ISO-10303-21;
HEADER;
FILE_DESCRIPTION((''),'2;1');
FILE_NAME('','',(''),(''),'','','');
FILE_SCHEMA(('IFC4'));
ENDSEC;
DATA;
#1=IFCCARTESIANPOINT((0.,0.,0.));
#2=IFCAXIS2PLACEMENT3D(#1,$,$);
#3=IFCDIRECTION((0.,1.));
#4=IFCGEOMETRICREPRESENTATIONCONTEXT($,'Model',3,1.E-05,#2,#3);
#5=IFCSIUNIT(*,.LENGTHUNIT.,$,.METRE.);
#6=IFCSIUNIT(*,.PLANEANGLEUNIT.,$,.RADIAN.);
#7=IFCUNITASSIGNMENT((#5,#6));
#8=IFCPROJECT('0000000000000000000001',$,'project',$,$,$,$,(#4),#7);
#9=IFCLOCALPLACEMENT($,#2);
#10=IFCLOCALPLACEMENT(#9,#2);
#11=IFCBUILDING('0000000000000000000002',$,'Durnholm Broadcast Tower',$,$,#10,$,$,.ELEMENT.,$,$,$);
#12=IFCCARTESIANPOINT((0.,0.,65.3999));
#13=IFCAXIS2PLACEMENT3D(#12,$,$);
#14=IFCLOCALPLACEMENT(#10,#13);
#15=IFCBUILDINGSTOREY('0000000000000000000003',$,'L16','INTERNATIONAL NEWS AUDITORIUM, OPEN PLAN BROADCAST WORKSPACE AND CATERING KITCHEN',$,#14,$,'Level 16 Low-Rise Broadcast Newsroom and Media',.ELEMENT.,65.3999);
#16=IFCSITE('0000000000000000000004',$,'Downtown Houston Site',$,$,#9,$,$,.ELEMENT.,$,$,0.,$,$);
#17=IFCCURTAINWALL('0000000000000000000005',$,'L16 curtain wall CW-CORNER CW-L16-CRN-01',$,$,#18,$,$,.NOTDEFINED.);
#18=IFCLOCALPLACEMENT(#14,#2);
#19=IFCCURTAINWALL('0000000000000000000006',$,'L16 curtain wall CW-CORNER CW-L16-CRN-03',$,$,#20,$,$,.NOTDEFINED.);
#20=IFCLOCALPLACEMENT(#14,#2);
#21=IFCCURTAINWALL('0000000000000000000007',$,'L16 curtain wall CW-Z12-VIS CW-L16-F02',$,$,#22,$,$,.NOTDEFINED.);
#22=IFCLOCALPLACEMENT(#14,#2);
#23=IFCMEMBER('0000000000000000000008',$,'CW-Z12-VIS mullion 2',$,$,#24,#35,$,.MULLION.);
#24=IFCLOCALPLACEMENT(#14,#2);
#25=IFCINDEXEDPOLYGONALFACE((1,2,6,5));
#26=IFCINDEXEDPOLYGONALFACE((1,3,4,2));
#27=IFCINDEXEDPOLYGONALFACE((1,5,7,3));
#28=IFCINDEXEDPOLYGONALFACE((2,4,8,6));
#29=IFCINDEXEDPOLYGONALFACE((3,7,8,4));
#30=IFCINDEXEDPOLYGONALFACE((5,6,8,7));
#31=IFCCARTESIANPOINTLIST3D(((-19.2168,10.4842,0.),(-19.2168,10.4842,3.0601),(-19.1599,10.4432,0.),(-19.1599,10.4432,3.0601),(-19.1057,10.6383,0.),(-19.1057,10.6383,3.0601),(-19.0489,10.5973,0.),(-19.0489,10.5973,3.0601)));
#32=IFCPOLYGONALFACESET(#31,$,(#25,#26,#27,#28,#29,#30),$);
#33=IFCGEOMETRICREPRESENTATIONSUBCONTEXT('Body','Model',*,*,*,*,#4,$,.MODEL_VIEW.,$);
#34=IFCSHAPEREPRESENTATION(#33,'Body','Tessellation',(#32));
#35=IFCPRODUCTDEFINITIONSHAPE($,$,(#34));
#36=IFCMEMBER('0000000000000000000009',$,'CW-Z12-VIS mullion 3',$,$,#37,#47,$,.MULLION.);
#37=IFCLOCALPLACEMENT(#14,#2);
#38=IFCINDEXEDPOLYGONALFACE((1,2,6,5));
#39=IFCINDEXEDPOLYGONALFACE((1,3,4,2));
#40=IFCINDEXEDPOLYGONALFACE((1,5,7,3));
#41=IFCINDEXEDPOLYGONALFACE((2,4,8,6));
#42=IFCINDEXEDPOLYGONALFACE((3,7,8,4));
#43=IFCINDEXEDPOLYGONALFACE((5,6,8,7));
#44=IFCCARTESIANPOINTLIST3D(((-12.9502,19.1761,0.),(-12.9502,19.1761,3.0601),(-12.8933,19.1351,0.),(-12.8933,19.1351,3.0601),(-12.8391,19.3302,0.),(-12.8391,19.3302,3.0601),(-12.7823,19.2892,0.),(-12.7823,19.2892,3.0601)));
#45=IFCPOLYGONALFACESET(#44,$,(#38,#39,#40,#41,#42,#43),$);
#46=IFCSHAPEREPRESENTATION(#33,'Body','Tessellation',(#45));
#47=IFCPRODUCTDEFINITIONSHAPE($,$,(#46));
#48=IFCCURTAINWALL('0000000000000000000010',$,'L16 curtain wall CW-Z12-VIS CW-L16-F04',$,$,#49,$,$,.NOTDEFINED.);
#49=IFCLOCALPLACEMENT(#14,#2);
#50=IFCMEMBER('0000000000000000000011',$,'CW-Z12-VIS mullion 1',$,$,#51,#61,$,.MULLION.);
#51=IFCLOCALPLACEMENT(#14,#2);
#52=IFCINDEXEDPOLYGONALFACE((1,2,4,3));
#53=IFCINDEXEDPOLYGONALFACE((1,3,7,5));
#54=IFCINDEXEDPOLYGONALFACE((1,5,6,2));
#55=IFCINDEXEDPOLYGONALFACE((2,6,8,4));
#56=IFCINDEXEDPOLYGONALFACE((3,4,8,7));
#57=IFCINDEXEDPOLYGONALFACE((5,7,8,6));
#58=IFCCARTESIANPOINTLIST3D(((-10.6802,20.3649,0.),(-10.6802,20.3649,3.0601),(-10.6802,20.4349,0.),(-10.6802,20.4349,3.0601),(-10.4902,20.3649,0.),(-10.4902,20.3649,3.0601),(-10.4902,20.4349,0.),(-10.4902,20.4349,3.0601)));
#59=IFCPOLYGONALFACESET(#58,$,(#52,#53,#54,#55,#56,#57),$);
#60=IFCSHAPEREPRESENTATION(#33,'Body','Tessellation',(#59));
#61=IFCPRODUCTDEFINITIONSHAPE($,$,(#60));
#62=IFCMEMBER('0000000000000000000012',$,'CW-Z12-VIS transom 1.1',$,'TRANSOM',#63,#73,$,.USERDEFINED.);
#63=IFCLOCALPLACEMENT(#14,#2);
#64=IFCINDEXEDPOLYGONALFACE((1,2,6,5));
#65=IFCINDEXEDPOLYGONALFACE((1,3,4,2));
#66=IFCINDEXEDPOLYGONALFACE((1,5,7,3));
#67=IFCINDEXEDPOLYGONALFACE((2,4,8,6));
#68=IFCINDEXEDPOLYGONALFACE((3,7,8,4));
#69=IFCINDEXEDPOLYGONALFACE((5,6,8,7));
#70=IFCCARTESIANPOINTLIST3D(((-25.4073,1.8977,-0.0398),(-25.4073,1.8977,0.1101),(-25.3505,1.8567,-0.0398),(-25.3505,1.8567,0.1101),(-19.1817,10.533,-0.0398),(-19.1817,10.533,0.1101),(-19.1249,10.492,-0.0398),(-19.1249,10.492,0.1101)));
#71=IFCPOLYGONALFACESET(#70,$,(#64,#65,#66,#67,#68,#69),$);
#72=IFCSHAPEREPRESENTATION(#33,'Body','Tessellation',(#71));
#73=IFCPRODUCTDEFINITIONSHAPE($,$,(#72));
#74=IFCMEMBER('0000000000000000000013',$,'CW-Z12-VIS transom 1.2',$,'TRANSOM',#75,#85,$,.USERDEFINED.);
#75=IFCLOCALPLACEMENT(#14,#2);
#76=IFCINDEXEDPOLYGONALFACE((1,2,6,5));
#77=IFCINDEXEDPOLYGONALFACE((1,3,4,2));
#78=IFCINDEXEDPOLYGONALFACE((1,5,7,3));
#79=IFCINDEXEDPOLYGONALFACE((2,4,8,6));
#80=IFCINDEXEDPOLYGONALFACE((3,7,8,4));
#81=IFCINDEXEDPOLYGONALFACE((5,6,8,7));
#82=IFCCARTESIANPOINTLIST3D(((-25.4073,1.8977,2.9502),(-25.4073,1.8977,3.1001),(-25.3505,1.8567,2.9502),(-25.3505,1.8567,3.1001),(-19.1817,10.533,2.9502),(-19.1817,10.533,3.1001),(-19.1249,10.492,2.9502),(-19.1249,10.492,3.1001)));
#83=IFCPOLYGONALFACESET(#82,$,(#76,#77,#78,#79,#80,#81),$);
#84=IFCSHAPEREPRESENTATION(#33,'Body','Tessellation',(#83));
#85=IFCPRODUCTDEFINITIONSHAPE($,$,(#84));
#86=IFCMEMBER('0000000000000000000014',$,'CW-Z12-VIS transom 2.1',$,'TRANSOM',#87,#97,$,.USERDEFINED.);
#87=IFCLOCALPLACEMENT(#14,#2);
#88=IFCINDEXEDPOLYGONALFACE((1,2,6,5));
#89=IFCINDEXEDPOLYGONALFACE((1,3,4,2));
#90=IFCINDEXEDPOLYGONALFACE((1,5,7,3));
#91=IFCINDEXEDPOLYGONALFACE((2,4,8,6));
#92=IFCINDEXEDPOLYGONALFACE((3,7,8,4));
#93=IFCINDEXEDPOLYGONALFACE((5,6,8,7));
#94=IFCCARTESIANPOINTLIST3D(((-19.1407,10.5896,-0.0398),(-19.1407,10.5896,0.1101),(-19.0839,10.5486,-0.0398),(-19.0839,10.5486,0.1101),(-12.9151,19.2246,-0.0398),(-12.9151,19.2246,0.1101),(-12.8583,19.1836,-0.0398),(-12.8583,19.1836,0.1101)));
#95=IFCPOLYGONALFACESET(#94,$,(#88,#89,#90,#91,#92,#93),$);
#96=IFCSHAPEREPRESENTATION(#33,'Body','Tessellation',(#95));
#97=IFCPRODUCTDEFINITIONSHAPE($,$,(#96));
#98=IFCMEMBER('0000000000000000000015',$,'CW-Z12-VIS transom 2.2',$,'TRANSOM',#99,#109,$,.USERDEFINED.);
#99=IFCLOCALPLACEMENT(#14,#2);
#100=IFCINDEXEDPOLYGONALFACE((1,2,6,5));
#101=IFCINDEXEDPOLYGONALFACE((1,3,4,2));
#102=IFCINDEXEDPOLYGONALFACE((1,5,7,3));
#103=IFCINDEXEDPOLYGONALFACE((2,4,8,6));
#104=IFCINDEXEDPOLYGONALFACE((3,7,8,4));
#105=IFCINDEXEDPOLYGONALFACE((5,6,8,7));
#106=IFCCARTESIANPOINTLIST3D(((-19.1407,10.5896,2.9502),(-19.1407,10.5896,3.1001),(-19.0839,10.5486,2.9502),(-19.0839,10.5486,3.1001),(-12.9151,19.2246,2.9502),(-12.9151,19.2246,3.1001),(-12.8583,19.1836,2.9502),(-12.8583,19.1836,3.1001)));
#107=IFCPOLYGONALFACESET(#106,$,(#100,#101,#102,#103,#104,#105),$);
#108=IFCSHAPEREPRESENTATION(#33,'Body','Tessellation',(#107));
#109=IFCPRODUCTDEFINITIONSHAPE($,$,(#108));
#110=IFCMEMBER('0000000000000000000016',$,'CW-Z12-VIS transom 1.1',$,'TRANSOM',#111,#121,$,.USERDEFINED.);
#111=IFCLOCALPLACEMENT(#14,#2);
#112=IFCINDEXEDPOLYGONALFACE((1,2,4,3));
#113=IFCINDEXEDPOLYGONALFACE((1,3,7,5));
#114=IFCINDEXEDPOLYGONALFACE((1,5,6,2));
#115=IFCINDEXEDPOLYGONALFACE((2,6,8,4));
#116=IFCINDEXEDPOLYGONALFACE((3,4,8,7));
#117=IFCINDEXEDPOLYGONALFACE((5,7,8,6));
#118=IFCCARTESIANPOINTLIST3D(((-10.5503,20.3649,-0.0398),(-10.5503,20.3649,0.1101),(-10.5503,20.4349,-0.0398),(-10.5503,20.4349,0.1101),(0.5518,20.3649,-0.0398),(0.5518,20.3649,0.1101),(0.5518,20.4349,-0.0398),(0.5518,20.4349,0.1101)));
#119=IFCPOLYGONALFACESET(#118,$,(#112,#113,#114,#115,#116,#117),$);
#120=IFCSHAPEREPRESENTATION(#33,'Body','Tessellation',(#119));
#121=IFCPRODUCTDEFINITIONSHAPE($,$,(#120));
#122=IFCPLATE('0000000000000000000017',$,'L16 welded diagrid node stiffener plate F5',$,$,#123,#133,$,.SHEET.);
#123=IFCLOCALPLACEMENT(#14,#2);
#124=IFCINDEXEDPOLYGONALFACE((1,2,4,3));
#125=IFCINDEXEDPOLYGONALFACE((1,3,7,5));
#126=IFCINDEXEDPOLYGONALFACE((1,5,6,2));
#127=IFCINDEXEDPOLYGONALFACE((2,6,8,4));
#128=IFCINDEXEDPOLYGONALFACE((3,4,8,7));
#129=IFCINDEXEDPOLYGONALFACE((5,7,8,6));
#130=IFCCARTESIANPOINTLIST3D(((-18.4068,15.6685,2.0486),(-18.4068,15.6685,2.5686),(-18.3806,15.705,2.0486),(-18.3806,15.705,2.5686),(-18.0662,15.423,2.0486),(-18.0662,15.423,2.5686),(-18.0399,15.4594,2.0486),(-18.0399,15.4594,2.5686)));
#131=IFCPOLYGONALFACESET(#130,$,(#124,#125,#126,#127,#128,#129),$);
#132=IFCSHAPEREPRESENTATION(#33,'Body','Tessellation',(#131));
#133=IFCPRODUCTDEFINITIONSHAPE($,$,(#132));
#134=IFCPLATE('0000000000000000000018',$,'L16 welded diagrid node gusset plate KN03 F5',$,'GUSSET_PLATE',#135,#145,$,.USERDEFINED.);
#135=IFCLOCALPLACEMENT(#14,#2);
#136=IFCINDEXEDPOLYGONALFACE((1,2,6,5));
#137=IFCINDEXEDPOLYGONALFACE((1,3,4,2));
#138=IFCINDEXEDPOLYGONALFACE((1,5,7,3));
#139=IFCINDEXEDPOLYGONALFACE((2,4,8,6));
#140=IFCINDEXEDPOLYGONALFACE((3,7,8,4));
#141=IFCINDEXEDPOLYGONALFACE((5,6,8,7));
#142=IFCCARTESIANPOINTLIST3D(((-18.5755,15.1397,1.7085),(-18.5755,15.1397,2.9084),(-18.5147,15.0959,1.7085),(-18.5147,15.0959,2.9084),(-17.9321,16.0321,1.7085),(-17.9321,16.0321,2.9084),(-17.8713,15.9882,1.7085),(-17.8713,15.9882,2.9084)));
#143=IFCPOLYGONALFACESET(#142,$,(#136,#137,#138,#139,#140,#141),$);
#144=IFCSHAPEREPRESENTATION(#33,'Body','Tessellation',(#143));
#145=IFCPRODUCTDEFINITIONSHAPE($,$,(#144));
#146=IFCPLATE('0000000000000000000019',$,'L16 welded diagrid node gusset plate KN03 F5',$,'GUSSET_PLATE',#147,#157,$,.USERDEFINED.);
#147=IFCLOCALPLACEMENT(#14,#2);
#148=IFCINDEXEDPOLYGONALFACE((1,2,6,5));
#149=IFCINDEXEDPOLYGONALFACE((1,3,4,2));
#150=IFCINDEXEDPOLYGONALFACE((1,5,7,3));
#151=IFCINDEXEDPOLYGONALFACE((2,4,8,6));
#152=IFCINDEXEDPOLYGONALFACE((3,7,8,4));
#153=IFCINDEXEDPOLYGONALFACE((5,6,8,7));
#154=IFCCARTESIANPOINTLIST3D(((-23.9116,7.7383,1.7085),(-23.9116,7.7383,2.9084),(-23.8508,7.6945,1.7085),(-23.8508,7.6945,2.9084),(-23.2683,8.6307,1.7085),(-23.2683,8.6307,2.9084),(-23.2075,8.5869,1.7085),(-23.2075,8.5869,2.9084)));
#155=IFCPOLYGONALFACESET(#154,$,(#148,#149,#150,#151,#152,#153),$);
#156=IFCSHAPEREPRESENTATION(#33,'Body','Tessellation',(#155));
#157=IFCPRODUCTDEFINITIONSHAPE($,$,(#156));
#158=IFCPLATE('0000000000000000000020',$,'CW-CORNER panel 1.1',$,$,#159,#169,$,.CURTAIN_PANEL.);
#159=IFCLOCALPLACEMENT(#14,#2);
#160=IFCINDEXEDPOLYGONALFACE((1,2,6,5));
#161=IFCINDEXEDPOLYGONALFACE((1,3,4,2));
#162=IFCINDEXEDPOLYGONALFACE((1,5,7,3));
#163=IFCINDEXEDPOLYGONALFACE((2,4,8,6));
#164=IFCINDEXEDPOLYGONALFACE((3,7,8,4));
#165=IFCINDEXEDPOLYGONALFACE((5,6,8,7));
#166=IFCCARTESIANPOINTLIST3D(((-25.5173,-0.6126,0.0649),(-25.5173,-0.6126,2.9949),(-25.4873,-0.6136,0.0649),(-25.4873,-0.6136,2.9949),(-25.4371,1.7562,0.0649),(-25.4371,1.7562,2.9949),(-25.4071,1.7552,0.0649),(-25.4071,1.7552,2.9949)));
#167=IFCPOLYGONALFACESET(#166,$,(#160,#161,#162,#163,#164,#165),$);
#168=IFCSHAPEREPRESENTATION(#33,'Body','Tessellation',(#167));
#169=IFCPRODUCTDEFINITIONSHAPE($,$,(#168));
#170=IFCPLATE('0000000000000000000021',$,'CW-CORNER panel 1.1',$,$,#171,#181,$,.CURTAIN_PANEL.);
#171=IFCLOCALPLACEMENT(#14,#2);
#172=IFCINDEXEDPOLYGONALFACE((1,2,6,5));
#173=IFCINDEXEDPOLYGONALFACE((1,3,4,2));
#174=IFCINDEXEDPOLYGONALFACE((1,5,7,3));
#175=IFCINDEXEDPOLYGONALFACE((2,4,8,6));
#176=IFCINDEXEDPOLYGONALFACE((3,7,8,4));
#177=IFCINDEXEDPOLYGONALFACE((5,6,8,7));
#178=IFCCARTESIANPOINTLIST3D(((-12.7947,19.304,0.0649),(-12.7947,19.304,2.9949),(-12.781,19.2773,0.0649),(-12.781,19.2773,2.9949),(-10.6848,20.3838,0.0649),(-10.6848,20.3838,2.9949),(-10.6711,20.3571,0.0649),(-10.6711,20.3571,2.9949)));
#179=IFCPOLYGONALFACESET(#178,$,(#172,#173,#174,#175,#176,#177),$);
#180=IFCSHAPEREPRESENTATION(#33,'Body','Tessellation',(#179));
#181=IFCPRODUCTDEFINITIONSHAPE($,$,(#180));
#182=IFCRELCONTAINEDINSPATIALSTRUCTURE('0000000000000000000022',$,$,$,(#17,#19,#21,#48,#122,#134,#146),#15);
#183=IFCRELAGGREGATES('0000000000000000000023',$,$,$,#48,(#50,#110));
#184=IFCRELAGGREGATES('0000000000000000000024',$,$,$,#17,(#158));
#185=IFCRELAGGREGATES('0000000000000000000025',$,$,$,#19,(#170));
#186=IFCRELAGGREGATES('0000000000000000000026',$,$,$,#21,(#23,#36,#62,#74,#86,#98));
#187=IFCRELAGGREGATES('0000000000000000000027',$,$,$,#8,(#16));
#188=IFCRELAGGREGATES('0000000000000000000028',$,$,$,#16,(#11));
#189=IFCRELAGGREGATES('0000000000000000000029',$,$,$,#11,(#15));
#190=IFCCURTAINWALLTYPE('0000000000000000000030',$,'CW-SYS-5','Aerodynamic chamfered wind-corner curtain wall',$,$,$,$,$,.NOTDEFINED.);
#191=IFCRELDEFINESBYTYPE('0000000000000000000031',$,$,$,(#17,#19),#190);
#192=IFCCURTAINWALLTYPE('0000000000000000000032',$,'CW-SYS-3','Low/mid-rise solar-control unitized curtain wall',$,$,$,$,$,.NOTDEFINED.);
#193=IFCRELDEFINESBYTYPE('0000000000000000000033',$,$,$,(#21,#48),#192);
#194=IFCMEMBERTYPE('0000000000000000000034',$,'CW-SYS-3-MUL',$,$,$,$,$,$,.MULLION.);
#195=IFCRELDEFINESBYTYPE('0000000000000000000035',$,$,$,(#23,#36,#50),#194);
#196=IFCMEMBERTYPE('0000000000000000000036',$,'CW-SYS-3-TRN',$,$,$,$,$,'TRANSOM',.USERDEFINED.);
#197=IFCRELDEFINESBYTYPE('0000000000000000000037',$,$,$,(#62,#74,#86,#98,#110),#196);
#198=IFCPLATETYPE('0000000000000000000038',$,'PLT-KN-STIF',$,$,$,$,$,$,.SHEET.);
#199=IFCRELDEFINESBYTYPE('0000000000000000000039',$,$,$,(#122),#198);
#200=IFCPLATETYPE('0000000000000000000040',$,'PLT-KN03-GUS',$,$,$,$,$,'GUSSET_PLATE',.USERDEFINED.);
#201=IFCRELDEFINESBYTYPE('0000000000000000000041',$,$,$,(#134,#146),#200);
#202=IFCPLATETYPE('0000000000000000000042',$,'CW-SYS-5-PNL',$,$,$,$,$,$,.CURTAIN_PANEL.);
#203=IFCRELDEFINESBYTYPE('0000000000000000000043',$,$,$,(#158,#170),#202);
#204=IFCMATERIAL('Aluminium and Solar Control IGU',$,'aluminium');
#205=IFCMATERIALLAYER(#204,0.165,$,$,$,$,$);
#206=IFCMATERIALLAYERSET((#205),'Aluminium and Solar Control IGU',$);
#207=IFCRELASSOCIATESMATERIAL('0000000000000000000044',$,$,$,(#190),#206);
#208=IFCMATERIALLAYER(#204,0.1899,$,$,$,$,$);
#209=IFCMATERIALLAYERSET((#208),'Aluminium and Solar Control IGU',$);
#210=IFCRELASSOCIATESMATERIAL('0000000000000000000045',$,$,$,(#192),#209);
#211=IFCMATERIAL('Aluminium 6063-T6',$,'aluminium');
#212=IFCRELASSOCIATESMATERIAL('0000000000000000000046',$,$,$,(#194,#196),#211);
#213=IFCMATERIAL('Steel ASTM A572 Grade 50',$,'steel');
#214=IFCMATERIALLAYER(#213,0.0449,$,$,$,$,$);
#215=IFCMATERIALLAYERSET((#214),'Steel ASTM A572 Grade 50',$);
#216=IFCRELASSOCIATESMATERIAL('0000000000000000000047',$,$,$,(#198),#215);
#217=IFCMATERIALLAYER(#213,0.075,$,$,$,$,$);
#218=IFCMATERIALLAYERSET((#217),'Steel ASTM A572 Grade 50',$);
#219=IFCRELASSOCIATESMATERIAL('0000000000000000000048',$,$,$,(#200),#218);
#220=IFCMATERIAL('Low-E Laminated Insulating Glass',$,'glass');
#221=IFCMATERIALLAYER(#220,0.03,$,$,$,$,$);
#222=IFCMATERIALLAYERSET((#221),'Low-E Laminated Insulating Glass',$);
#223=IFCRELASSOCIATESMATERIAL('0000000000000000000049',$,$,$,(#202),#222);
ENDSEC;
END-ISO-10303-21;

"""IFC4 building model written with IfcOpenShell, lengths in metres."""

from ifc_helpers import new_model, si_unit, direction, frame, origin, origin_2d, place, context, subcontext, project, spatial, rectangle, extrude, source, transform, mapped, material, layer, layer_set, material_profile, profile_set, type_object, type_shapes, element, aggregate, save


model = new_model("IFC4")

# Units and contexts
model_context = context("Model", 3, precision=1e-05, world=origin(), true_north=direction((0.0, 1.0)))
body_context = subcontext(model_context, "Body", "Model", "MODEL_VIEW")
ifc_project = project(units=[si_unit("LENGTHUNIT", "METRE"), si_unit("PLANEANGLEUNIT", "RADIAN")], contexts=[model_context])

# Site, building, storey
site_placement = place(None, origin())
site = spatial("IfcSite", under=ifc_project, at=site_placement, Name="Downtown Houston Site", CompositionType="ELEMENT", RefElevation=0.0)
building_placement = place(site_placement, origin())
building = spatial("IfcBuilding", under=site, at=building_placement, Name="Durnholm Broadcast Tower", CompositionType="ELEMENT")
storey_placement = place(building_placement, frame((0.0, 0.0, 65.3999)))
storey = spatial("IfcBuildingStorey", under=building, at=storey_placement, Name="L16", Description="INTERNATIONAL NEWS AUDITORIUM, OPEN PLAN BROADCAST WORKSPACE AND CATERING KITCHEN", LongName="Level 16 Low-Rise Broadcast Newsroom and Media", CompositionType="ELEMENT", Elevation=65.3999)

# Curtain wall
ifc_material_1 = material(Name="Aluminium and Solar Control IGU", Category="aluminium")
ifc_layer_1 = layer(ifc_material_1, 0.165)
ifc_layer_set_1 = layer_set([ifc_layer_1], Name="Aluminium and Solar Control IGU")
curtain_wall_type_1 = type_object("IfcCurtainWallType", Name="CW-SYS-5", Description="Aerodynamic chamfered wind-corner curtain wall", PredefinedType="NOTDEFINED", material=ifc_layer_set_1)
curtain_wall_1_placement = place(storey_placement, origin())
curtain_wall_1 = element("IfcCurtainWall", 1, at=curtain_wall_1_placement, inside=storey, type_object=curtain_wall_type_1, Name="L16 curtain wall CW-CORNER CW-L16-CRN-01", PredefinedType="NOTDEFINED")
ifc_material_2 = material(Name="Aluminium 6063-T6", Category="aluminium")

# Curtain walls, members
curtain_wall_2_placement = place(storey_placement, origin())
curtain_wall_2 = element("IfcCurtainWall", 2, at=curtain_wall_2_placement, inside=storey, type_object=curtain_wall_type_1, Name="L16 curtain wall CW-CORNER CW-L16-CRN-03", PredefinedType="NOTDEFINED")
ifc_layer_2 = layer(ifc_material_1, 0.1899)
ifc_layer_set_2 = layer_set([ifc_layer_2], Name="Aluminium and Solar Control IGU")
curtain_wall_type_2 = type_object("IfcCurtainWallType", Name="CW-SYS-3", Description="Low/mid-rise solar-control unitized curtain wall", PredefinedType="NOTDEFINED", material=ifc_layer_set_2)
curtain_wall_3_placement = place(storey_placement, origin())
curtain_wall_3 = element("IfcCurtainWall", 3, at=curtain_wall_3_placement, inside=storey, type_object=curtain_wall_type_2, Name="L16 curtain wall CW-Z12-VIS CW-L16-F02", PredefinedType="NOTDEFINED")
ifc_material_profile_1 = material_profile(ifc_material_2, rectangle(XDim=0.0701, YDim=0.1899, at=origin_2d()), Name="CWM70X190")
ifc_profile_set_1 = profile_set([ifc_material_profile_1], Name="Aluminium 6063-T6")
member_type_1 = type_object("IfcMemberType", Name="CW-SYS-3-MUL", PredefinedType="MULLION", material=ifc_profile_set_1)
shared_shape_1 = source(origin(), body_context, "Body", "SweptSolid", [
    extrude(rectangle(XDim=0.0701, YDim=0.1899, at=origin_2d()), origin(), (0.0, 0.0, 1.0), 3.0601),
])
type_shapes(member_type_1, [shared_shape_1])
member_1_placement = place(storey_placement, frame((-19.1328, 10.5408, 0.0), z_axis=(0.0, 0.0, 1.0), x_axis=(-0.811161, 0.584823, 0.0)))
member_1 = element("IfcMember", 4, at=member_1_placement, type_object=member_type_1, Name="CW-Z12-VIS mullion 2", PredefinedType="MULLION", context=body_context, shape_type="MappedRepresentation", body=[
    mapped(shared_shape_1, transform((0.0, 0.0, 0.0), x_axis=(1.0, 0.0, 0.0), y_axis=(0.0, 1.0, 0.0), z_axis=(0.0, 0.0, 1.0), scale=1.0)),
])
member_2_placement = place(storey_placement, frame((-12.8662, 19.2327, 0.0), z_axis=(0.0, 0.0, 1.0), x_axis=(-0.811161, 0.584823, 0.0)))
member_2 = element("IfcMember", 5, at=member_2_placement, type_object=member_type_1, Name="CW-Z12-VIS mullion 3", PredefinedType="MULLION", context=body_context, shape_type="MappedRepresentation", body=[
    mapped(shared_shape_1, transform((0.0, 0.0, 0.0), x_axis=(1.0, 0.0, 0.0), y_axis=(0.0, 1.0, 0.0), z_axis=(0.0, 0.0, 1.0), scale=1.0)),
])

# Curtain wall, member
curtain_wall_4_placement = place(storey_placement, origin())
curtain_wall_4 = element("IfcCurtainWall", 6, at=curtain_wall_4_placement, inside=storey, type_object=curtain_wall_type_2, Name="L16 curtain wall CW-Z12-VIS CW-L16-F04", PredefinedType="NOTDEFINED")
member_3_placement = place(storey_placement, frame((-10.5852, 20.3999, 0.0), z_axis=(0.0, 0.0, 1.0), x_axis=(0.0, 1.0, 0.0)))
member_3 = element("IfcMember", 7, at=member_3_placement, type_object=member_type_1, Name="CW-Z12-VIS mullion 1", PredefinedType="MULLION", context=body_context, shape_type="MappedRepresentation", body=[
    mapped(shared_shape_1, transform((0.0, 0.0, 0.0), x_axis=(1.0, 0.0, 0.0), y_axis=(0.0, 1.0, 0.0), z_axis=(0.0, 0.0, 1.0), scale=1.0)),
])

# Members
ifc_material_profile_2 = material_profile(ifc_material_2, rectangle(XDim=0.0701, YDim=0.1499, at=origin_2d()), Name="CWT70X150")
ifc_profile_set_2 = profile_set([ifc_material_profile_2], Name="Aluminium 6063-T6")
member_type_2 = type_object("IfcMemberType", Name="CW-SYS-3-TRN", ElementType="TRANSOM", PredefinedType="USERDEFINED", material=ifc_profile_set_2)
shared_shape_2 = source(origin(), body_context, "Body", "SweptSolid", [
    extrude(rectangle(XDim=0.0701, YDim=0.1499, at=origin_2d()), origin(), (0.0, 0.0, 1.0), 10.6455),
])
member_4_placement = place(storey_placement, frame((-25.3789, 1.8772, 0.0352), z_axis=(0.584812, 0.811169, 0.0), x_axis=(-0.811169, 0.584812, 0.0)))
member_4 = element("IfcMember", 8, at=member_4_placement, type_object=member_type_2, Name="CW-Z12-VIS transom 1.1", ObjectType="TRANSOM", PredefinedType="USERDEFINED", context=body_context, shape_type="MappedRepresentation", body=[
    mapped(shared_shape_2, transform((0.0, 0.0, 0.0), x_axis=(1.0, 0.0, 0.0), y_axis=(0.0, 1.0, 0.0), z_axis=(0.0, 0.0, 1.0), scale=1.0)),
])
member_5_placement = place(storey_placement, frame((-25.3789, 1.8772, 3.0251), z_axis=(0.584812, 0.811169, 0.0), x_axis=(-0.811169, 0.584812, 0.0)))
member_5 = element("IfcMember", 9, at=member_5_placement, type_object=member_type_2, Name="CW-Z12-VIS transom 1.2", ObjectType="TRANSOM", PredefinedType="USERDEFINED", context=body_context, shape_type="MappedRepresentation", body=[
    mapped(shared_shape_2, transform((0.0, 0.0, 0.0), x_axis=(1.0, 0.0, 0.0), y_axis=(0.0, 1.0, 0.0), z_axis=(0.0, 0.0, 1.0), scale=1.0)),
])
shared_shape_3 = source(origin(), body_context, "Body", "SweptSolid", [
    extrude(rectangle(XDim=0.0701, YDim=0.1499, at=origin_2d()), origin(), (0.0, 0.0, 1.0), 10.6453),
])
member_6_placement = place(storey_placement, frame((-19.1123, 10.5691, 0.0352), z_axis=(0.584823, 0.811161, 0.0), x_axis=(-0.811161, 0.584823, 0.0)))
member_6 = element("IfcMember", 10, at=member_6_placement, type_object=member_type_2, Name="CW-Z12-VIS transom 2.1", ObjectType="TRANSOM", PredefinedType="USERDEFINED", context=body_context, shape_type="MappedRepresentation", body=[
    mapped(shared_shape_3, transform((0.0, 0.0, 0.0), x_axis=(1.0, 0.0, 0.0), y_axis=(0.0, 1.0, 0.0), z_axis=(0.0, 0.0, 1.0), scale=1.0)),
])
member_7_placement = place(storey_placement, frame((-19.1123, 10.5691, 3.0251), z_axis=(0.584823, 0.811161, 0.0), x_axis=(-0.811161, 0.584823, 0.0)))
member_7 = element("IfcMember", 11, at=member_7_placement, type_object=member_type_2, Name="CW-Z12-VIS transom 2.2", ObjectType="TRANSOM", PredefinedType="USERDEFINED", context=body_context, shape_type="MappedRepresentation", body=[
    mapped(shared_shape_3, transform((0.0, 0.0, 0.0), x_axis=(1.0, 0.0, 0.0), y_axis=(0.0, 1.0, 0.0), z_axis=(0.0, 0.0, 1.0), scale=1.0)),
])
shared_shape_4 = source(origin(), body_context, "Body", "SweptSolid", [
    extrude(rectangle(XDim=0.0701, YDim=0.1499, at=origin_2d()), origin(), (0.0, 0.0, 1.0), 11.1021),
])
type_shapes(member_type_2, [shared_shape_2, shared_shape_3, shared_shape_4])
member_8_placement = place(storey_placement, frame((-10.5503, 20.3999, 0.0352), z_axis=(1.0, 0.0, 0.0), x_axis=(0.0, 1.0, 0.0)))
member_8 = element("IfcMember", 12, at=member_8_placement, type_object=member_type_2, Name="CW-Z12-VIS transom 1.1", ObjectType="TRANSOM", PredefinedType="USERDEFINED", context=body_context, shape_type="MappedRepresentation", body=[
    mapped(shared_shape_4, transform((0.0, 0.0, 0.0), x_axis=(1.0, 0.0, 0.0), y_axis=(0.0, 1.0, 0.0), z_axis=(0.0, 0.0, 1.0), scale=1.0)),
])
aggregate(curtain_wall_4, [member_3, member_8])

# Plates
ifc_material_3 = material(Name="Steel ASTM A572 Grade 50", Category="steel")
ifc_layer_3 = layer(ifc_material_3, 0.0449)
ifc_layer_set_3 = layer_set([ifc_layer_3], Name="Steel ASTM A572 Grade 50")
plate_type_1 = type_object("IfcPlateType", Name="PLT-KN-STIF", PredefinedType="SHEET", material=ifc_layer_set_3)
shared_shape_5 = source(origin(), body_context, "Body", "SweptSolid", [
    extrude(rectangle(XDim=0.0449, YDim=0.4199, at=origin_2d()), origin(), (0.0, 0.0, 1.0), 0.52),
])
type_shapes(plate_type_1, [shared_shape_5])
plate_1_placement = place(storey_placement, frame((-18.2234, 15.564, 2.0486), z_axis=(0.0, 0.0, 1.0), x_axis=(-0.584816, -0.811166, 0.0)))
element("IfcPlate", 13, at=plate_1_placement, inside=storey, type_object=plate_type_1, Name="L16 welded diagrid node stiffener plate F5", PredefinedType="SHEET", context=body_context, shape_type="MappedRepresentation", body=[
    mapped(shared_shape_5, transform((0.0, 0.0, 0.0), x_axis=(1.0, 0.0, 0.0), y_axis=(0.0, 1.0, 0.0), z_axis=(0.0, 0.0, 1.0), scale=1.0)),
])
ifc_layer_4 = layer(ifc_material_3, 0.075)
ifc_layer_set_4 = layer_set([ifc_layer_4], Name="Steel ASTM A572 Grade 50")
plate_type_2 = type_object("IfcPlateType", Name="PLT-KN03-GUS", ElementType="GUSSET_PLATE", PredefinedType="USERDEFINED", material=ifc_layer_set_4)
shared_shape_6 = source(origin(), body_context, "Body", "SweptSolid", [
    extrude(rectangle(XDim=1.1001, YDim=0.075, at=origin_2d()), origin(), (0.0, 0.0, 1.0), 1.2),
])
type_shapes(plate_type_2, [shared_shape_6])
for number, where, z_axis, x_axis, name in (
    (14, (-18.2234, 15.564, 1.7085), (0.0, 0.0, 1.0), (-0.584816, -0.811166, 0.0), "L16 welded diagrid node gusset plate KN03 F5"),
    (15, (-23.5596, 8.1626, 1.7085), (0.0, 0.0, 1.0), (-0.584816, -0.811166, 0.0), "L16 welded diagrid node gusset plate KN03 F5"),
):
    element("IfcPlate", number, at=place(storey_placement, frame(where, z_axis=z_axis, x_axis=x_axis)), inside=storey, type_object=plate_type_2, Name=name, ObjectType="GUSSET_PLATE", PredefinedType="USERDEFINED", context=body_context, shape_type="MappedRepresentation", body=[
        mapped(shared_shape_6, transform((0.0, 0.0, 0.0), x_axis=(1.0, 0.0, 0.0), y_axis=(0.0, 1.0, 0.0), z_axis=(0.0, 0.0, 1.0), scale=1.0)),
    ])

# Plates
ifc_material_4 = material(Name="Low-E Laminated Insulating Glass", Category="glass")
ifc_layer_5 = layer(ifc_material_4, 0.03)
ifc_layer_set_5 = layer_set([ifc_layer_5], Name="Low-E Laminated Insulating Glass")
plate_type_3 = type_object("IfcPlateType", Name="CW-SYS-5-PNL", PredefinedType="CURTAIN_PANEL", material=ifc_layer_set_5)
shared_shape_7 = source(origin(), body_context, "Body", "SweptSolid", [
    extrude(rectangle(XDim=2.3701, YDim=0.03, at=origin_2d()), origin(), (0.0, 0.0, 1.0), 2.9299),
])
type_shapes(plate_type_3, [shared_shape_7])
plate_2_placement = place(storey_placement, frame((-25.4622, 0.5713, 0.0649), z_axis=(0.0, 0.0, 1.0), x_axis=(0.03384, 0.999427, 0.0)))
plate_2 = element("IfcPlate", 16, at=plate_2_placement, type_object=plate_type_3, Name="CW-CORNER panel 1.1", PredefinedType="CURTAIN_PANEL", context=body_context, shape_type="MappedRepresentation", body=[
    mapped(shared_shape_7, transform((0.0, 0.0, 0.0), x_axis=(1.0, 0.0, 0.0), y_axis=(0.0, 1.0, 0.0), z_axis=(0.0, 0.0, 1.0), scale=1.0)),
])
aggregate(curtain_wall_1, [plate_2])
plate_3_placement = place(storey_placement, frame((-11.7329, 19.8306, 0.0649), z_axis=(0.0, 0.0, 1.0), x_axis=(0.890188, 0.455594, 0.0)))
plate_3 = element("IfcPlate", 17, at=plate_3_placement, type_object=plate_type_3, Name="CW-CORNER panel 1.1", PredefinedType="CURTAIN_PANEL", context=body_context, shape_type="MappedRepresentation", body=[
    mapped(shared_shape_7, transform((0.0, 0.0, 0.0), x_axis=(1.0, 0.0, 0.0), y_axis=(0.0, 1.0, 0.0), z_axis=(0.0, 0.0, 1.0), scale=1.0)),
])
aggregate(curtain_wall_2, [plate_3])
aggregate(curtain_wall_3, [member_1, member_2, member_4, member_5, member_6, member_7])

save(model, "model.ifc")
